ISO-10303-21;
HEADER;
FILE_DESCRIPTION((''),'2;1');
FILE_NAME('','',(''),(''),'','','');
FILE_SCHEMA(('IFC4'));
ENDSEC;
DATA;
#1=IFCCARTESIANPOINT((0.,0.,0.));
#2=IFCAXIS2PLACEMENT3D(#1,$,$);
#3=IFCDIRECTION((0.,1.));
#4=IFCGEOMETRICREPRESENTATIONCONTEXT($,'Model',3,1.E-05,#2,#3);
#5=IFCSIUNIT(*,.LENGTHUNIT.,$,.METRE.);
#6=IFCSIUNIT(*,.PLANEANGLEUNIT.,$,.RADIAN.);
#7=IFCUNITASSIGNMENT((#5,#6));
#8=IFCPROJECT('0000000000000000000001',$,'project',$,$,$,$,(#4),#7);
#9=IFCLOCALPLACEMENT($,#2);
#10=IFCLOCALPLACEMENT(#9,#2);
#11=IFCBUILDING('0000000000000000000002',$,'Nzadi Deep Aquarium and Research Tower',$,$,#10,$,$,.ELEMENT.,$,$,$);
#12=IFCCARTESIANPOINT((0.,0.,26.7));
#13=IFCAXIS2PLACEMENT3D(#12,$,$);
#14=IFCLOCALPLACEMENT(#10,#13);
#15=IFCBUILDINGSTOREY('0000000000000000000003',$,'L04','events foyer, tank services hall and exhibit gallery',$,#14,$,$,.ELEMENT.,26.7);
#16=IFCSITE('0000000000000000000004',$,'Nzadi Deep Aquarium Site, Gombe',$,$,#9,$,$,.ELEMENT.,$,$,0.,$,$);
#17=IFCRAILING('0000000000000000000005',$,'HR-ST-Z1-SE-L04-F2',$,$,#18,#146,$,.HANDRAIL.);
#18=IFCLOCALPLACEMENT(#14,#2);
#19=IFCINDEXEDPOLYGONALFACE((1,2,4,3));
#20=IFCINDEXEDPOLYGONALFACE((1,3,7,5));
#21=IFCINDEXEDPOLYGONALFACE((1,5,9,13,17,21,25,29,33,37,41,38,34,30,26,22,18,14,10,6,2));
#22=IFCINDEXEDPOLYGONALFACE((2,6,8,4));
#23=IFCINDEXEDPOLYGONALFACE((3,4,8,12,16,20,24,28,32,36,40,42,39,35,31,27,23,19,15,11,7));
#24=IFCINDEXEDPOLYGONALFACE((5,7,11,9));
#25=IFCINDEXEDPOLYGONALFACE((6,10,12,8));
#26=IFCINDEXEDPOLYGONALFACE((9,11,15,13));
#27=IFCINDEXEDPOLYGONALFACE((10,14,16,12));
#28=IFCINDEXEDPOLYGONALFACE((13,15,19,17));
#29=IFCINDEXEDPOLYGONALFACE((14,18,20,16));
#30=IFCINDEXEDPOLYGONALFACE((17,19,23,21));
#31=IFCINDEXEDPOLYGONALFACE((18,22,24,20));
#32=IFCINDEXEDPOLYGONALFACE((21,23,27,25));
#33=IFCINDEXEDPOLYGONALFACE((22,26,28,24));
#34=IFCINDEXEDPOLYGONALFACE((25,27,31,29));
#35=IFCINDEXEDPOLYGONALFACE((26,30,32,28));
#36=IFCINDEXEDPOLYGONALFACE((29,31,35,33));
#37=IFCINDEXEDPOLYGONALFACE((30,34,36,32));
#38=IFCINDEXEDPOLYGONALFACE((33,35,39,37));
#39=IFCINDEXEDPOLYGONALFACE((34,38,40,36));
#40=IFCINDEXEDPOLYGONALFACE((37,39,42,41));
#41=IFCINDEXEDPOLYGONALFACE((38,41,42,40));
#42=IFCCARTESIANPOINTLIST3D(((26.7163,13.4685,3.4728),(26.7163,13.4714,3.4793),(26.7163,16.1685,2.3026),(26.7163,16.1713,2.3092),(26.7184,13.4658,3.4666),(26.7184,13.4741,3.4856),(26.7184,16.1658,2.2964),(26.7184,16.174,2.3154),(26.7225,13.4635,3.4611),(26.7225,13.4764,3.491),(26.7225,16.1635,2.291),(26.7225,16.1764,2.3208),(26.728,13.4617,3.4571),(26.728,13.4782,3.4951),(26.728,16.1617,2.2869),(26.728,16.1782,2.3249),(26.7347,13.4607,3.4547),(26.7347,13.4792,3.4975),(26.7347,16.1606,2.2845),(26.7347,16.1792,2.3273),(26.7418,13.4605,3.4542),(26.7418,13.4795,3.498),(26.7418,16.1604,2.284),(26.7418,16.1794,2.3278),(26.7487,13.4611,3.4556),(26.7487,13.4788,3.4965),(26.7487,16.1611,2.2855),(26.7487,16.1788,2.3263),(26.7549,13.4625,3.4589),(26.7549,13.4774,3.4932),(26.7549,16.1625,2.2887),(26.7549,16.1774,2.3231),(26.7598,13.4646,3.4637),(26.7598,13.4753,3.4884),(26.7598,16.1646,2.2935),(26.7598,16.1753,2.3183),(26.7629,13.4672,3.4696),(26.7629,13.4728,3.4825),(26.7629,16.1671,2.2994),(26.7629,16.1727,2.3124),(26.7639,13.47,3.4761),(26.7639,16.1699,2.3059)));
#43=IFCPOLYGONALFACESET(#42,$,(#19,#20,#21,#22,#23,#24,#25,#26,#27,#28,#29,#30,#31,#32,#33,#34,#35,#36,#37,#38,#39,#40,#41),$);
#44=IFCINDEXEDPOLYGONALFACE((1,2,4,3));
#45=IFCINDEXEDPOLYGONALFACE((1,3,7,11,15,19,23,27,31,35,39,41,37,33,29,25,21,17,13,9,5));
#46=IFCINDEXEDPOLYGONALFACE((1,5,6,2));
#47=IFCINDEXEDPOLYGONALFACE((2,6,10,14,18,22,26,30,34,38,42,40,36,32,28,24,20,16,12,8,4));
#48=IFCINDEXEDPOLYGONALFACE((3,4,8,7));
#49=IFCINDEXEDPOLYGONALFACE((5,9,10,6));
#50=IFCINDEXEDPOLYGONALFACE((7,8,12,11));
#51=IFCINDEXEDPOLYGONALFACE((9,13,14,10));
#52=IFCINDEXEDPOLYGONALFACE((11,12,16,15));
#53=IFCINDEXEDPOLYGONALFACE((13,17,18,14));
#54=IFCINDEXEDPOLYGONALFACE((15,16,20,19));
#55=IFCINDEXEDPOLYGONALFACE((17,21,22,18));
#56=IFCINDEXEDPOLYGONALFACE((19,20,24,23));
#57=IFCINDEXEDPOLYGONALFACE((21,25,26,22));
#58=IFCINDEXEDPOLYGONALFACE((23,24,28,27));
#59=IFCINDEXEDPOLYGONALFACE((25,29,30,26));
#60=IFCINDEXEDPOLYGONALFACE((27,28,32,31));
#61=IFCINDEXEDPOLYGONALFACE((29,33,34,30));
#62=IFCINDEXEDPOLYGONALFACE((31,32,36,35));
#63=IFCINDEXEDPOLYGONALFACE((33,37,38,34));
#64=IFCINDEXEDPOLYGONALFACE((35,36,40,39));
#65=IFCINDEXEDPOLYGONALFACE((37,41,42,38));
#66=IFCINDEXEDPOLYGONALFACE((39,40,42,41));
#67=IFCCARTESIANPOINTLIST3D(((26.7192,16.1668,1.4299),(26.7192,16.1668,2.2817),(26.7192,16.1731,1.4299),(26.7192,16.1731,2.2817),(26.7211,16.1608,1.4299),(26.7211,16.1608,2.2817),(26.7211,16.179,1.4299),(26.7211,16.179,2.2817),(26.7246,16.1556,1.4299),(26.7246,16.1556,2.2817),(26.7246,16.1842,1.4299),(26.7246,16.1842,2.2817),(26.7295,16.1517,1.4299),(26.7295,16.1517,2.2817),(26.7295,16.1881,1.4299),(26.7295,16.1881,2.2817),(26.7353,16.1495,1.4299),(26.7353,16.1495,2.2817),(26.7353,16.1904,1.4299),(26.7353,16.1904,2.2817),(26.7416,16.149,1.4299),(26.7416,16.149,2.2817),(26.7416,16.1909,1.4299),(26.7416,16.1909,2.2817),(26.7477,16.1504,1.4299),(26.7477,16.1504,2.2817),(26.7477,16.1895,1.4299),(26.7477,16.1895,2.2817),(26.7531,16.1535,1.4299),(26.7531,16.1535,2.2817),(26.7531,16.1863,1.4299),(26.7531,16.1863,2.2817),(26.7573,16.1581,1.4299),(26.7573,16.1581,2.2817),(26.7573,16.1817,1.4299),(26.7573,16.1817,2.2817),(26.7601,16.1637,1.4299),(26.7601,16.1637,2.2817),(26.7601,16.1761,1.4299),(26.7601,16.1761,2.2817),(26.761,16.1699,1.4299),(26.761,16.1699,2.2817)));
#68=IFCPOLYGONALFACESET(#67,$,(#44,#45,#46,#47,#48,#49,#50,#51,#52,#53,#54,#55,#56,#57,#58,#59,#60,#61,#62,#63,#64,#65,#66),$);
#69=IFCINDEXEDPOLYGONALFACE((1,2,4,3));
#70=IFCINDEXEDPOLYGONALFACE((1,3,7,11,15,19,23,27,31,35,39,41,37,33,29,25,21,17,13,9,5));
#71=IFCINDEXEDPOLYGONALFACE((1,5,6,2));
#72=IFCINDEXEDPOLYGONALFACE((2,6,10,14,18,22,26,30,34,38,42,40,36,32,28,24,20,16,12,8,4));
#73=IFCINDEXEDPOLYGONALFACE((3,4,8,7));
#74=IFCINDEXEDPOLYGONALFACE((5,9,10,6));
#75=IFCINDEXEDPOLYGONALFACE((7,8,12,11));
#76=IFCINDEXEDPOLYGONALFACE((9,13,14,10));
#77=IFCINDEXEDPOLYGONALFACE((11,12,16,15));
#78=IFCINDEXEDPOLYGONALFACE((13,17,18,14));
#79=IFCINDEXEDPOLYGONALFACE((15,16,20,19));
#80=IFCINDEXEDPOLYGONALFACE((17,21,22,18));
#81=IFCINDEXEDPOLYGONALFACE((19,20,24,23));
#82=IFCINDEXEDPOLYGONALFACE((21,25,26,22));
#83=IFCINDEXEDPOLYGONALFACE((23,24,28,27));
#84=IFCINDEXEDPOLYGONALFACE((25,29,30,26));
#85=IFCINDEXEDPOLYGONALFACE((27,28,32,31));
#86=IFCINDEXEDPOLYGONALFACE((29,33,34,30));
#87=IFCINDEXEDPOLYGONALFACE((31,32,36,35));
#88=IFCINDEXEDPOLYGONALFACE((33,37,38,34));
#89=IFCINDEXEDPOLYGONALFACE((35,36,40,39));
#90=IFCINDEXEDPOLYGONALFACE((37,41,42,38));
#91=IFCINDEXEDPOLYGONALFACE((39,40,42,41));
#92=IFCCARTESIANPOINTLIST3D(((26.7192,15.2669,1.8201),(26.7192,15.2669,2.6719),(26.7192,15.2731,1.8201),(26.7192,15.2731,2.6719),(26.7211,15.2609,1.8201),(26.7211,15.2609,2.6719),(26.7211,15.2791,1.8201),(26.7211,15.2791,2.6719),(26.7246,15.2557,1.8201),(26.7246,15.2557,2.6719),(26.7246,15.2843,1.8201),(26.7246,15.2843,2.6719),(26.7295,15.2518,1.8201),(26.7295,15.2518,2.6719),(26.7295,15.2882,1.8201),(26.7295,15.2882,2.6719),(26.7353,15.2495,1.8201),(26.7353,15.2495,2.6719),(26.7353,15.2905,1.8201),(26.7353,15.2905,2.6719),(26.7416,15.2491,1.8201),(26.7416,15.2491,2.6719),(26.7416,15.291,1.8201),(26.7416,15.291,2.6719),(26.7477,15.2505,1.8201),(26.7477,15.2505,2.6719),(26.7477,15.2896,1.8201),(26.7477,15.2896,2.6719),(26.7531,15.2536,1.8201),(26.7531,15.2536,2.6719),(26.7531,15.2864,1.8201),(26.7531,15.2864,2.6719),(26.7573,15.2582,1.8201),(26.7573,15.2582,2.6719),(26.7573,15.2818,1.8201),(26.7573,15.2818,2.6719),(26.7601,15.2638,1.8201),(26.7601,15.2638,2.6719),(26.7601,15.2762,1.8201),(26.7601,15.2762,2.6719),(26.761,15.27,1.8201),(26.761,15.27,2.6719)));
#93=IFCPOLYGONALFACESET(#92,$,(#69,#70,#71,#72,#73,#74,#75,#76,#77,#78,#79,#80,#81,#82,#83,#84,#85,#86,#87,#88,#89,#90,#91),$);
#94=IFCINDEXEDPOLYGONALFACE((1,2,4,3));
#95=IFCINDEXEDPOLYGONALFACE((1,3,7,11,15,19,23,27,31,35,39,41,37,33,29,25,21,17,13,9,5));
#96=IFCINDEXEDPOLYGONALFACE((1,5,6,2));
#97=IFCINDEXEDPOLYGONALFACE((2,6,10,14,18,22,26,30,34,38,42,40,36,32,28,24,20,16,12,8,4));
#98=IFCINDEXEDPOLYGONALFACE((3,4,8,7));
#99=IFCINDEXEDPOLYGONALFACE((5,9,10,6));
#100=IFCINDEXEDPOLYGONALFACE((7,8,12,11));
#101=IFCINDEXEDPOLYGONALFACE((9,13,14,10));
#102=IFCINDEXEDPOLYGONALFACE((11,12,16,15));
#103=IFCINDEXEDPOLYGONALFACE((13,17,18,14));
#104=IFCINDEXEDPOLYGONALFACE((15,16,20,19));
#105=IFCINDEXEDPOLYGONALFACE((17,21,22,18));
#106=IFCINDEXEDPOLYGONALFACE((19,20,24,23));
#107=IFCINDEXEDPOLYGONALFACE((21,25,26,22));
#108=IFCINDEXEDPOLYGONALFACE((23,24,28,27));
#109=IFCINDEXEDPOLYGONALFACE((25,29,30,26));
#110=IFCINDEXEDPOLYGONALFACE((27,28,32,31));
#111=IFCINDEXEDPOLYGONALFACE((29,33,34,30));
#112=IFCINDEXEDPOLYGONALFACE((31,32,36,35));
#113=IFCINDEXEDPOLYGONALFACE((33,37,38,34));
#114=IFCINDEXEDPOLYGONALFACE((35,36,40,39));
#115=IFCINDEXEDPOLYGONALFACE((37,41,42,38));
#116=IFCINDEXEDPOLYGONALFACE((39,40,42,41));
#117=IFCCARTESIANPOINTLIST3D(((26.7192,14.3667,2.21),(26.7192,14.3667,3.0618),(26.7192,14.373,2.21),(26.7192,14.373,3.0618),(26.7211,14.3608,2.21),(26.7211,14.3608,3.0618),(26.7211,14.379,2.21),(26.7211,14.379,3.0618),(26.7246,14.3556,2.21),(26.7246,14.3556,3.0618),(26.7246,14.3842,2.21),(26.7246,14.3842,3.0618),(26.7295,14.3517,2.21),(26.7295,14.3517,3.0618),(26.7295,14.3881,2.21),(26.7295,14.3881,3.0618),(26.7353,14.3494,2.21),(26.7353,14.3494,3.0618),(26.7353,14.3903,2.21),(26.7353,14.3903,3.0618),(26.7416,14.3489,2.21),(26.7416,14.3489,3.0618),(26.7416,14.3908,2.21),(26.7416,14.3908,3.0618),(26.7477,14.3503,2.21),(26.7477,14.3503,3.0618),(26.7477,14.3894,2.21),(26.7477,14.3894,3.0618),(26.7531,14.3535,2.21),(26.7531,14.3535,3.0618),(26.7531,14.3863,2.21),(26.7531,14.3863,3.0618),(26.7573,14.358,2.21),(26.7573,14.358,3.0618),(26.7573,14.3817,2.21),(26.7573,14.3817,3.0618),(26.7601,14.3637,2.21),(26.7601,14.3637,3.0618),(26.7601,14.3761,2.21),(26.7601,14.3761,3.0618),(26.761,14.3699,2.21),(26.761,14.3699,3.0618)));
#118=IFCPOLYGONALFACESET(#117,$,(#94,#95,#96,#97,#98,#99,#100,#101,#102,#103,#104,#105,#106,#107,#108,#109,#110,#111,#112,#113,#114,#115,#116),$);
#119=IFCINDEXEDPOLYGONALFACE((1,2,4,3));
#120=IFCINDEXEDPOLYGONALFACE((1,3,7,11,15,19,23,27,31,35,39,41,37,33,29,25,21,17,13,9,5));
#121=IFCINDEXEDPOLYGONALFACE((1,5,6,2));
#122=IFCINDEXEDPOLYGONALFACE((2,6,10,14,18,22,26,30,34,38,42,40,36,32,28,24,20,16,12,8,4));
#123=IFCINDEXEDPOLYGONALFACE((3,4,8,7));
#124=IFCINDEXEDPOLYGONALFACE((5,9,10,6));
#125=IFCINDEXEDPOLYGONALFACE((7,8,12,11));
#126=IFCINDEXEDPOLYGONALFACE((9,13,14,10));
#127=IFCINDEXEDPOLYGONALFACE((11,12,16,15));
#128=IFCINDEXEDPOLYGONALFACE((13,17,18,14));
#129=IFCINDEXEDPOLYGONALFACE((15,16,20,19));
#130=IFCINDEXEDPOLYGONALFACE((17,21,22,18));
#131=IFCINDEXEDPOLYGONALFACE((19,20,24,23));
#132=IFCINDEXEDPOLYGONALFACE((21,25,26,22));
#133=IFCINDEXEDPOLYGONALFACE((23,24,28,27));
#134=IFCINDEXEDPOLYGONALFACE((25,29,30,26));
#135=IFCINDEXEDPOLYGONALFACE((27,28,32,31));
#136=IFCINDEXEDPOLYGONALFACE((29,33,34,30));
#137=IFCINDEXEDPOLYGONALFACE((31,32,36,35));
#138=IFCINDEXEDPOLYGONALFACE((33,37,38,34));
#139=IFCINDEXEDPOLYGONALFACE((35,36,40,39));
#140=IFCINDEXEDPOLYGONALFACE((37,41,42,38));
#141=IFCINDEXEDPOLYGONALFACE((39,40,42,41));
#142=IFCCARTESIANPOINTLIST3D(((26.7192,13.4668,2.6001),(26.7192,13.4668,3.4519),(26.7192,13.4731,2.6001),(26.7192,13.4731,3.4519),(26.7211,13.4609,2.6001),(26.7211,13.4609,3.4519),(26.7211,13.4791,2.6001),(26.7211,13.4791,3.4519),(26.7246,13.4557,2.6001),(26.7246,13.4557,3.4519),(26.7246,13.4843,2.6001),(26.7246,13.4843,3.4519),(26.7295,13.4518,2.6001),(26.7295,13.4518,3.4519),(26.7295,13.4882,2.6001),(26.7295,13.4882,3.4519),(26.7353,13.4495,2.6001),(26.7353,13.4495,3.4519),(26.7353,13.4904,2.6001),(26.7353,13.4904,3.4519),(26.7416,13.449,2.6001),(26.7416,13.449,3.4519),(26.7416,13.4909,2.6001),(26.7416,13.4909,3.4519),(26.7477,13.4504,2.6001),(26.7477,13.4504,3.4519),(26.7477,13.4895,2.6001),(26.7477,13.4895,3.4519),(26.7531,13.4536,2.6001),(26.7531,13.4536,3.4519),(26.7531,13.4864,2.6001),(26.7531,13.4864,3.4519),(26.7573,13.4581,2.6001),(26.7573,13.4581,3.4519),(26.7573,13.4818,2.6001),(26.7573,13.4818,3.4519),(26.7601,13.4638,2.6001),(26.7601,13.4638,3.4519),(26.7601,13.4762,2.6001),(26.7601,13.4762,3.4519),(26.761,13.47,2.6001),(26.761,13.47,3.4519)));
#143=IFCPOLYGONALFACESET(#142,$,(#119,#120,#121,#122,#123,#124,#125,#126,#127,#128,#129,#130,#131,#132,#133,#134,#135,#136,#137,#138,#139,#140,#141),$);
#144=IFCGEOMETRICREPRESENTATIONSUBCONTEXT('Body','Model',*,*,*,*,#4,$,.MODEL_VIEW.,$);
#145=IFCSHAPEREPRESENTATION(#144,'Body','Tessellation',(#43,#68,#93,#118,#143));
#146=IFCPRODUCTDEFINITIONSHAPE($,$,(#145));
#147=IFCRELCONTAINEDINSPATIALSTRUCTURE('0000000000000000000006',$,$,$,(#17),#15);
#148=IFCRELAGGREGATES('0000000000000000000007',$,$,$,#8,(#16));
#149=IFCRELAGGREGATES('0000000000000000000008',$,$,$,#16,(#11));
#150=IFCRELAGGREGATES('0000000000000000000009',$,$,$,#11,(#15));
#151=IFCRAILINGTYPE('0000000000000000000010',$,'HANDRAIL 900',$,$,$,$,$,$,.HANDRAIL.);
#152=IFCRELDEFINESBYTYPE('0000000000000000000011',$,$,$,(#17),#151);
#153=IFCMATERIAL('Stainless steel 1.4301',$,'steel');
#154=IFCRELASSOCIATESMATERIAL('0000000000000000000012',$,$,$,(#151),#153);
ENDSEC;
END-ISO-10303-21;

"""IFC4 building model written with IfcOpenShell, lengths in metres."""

from ifc_helpers import new_model, si_unit, direction, frame, origin, origin_2d, place, context, subcontext, project, spatial, circle, extrude, material, type_object, element, save


model = new_model("IFC4")

# Units and contexts
model_context = context("Model", 3, precision=1e-05, world=origin(), true_north=direction((0.0, 1.0)))
body_context = subcontext(model_context, "Body", "Model", "MODEL_VIEW")
ifc_project = project(units=[si_unit("LENGTHUNIT", "METRE"), si_unit("PLANEANGLEUNIT", "RADIAN")], contexts=[model_context])

# Site, building, storey
site_placement = place(None, origin())
site = spatial("IfcSite", under=ifc_project, at=site_placement, Name="Nzadi Deep Aquarium Site, Gombe", CompositionType="ELEMENT", RefElevation=0.0)
building_placement = place(site_placement, origin())
building = spatial("IfcBuilding", under=site, at=building_placement, Name="Nzadi Deep Aquarium and Research Tower", CompositionType="ELEMENT")
storey_placement = place(building_placement, frame((0.0, 0.0, 26.7)))
storey = spatial("IfcBuildingStorey", under=building, at=storey_placement, Name="L04", Description="events foyer, tank services hall and exhibit gallery", CompositionType="ELEMENT", Elevation=26.7)

# Railing
ifc_material_1 = material(Name="Stainless steel 1.4301", Category="steel")
railing_type = type_object("IfcRailingType", Name="HANDRAIL 900", PredefinedType="HANDRAIL", material=ifc_material_1)
for number, where, name in (
    (1, (26.74, 16.1699, 1.4299), "HR-ST-Z1-SE-L04-F2"),
):
    element("IfcRailing", number, at=place(storey_placement, frame(where)), inside=storey, type_object=railing_type, Name=name, PredefinedType="HANDRAIL", context=body_context, shape_type="SweptSolid", body=[
        extrude(circle(Radius=0.0239, at=origin_2d()), frame((0.0, 0.0, 0.876), z_axis=(0.0, -0.917532, 0.397661), x_axis=(1.0, 0.0, 0.0)), (0.0, 0.0, 1.0), 2.9426),
        extrude(circle(Radius=0.021, at=origin_2d()), origin(), (0.0, 0.0, 1.0), 0.8518),
        extrude(circle(Radius=0.021, at=origin_2d()), frame((0.0, -0.8999, 0.3901)), (0.0, 0.0, 1.0), 0.8518),
        extrude(circle(Radius=0.021, at=origin_2d()), frame((0.0, -1.8, 0.78)), (0.0, 0.0, 1.0), 0.8518),
        extrude(circle(Radius=0.021, at=origin_2d()), frame((0.0, -2.7, 1.1702)), (0.0, 0.0, 1.0), 0.8518),
    ])

save(model, "model.ifc")
